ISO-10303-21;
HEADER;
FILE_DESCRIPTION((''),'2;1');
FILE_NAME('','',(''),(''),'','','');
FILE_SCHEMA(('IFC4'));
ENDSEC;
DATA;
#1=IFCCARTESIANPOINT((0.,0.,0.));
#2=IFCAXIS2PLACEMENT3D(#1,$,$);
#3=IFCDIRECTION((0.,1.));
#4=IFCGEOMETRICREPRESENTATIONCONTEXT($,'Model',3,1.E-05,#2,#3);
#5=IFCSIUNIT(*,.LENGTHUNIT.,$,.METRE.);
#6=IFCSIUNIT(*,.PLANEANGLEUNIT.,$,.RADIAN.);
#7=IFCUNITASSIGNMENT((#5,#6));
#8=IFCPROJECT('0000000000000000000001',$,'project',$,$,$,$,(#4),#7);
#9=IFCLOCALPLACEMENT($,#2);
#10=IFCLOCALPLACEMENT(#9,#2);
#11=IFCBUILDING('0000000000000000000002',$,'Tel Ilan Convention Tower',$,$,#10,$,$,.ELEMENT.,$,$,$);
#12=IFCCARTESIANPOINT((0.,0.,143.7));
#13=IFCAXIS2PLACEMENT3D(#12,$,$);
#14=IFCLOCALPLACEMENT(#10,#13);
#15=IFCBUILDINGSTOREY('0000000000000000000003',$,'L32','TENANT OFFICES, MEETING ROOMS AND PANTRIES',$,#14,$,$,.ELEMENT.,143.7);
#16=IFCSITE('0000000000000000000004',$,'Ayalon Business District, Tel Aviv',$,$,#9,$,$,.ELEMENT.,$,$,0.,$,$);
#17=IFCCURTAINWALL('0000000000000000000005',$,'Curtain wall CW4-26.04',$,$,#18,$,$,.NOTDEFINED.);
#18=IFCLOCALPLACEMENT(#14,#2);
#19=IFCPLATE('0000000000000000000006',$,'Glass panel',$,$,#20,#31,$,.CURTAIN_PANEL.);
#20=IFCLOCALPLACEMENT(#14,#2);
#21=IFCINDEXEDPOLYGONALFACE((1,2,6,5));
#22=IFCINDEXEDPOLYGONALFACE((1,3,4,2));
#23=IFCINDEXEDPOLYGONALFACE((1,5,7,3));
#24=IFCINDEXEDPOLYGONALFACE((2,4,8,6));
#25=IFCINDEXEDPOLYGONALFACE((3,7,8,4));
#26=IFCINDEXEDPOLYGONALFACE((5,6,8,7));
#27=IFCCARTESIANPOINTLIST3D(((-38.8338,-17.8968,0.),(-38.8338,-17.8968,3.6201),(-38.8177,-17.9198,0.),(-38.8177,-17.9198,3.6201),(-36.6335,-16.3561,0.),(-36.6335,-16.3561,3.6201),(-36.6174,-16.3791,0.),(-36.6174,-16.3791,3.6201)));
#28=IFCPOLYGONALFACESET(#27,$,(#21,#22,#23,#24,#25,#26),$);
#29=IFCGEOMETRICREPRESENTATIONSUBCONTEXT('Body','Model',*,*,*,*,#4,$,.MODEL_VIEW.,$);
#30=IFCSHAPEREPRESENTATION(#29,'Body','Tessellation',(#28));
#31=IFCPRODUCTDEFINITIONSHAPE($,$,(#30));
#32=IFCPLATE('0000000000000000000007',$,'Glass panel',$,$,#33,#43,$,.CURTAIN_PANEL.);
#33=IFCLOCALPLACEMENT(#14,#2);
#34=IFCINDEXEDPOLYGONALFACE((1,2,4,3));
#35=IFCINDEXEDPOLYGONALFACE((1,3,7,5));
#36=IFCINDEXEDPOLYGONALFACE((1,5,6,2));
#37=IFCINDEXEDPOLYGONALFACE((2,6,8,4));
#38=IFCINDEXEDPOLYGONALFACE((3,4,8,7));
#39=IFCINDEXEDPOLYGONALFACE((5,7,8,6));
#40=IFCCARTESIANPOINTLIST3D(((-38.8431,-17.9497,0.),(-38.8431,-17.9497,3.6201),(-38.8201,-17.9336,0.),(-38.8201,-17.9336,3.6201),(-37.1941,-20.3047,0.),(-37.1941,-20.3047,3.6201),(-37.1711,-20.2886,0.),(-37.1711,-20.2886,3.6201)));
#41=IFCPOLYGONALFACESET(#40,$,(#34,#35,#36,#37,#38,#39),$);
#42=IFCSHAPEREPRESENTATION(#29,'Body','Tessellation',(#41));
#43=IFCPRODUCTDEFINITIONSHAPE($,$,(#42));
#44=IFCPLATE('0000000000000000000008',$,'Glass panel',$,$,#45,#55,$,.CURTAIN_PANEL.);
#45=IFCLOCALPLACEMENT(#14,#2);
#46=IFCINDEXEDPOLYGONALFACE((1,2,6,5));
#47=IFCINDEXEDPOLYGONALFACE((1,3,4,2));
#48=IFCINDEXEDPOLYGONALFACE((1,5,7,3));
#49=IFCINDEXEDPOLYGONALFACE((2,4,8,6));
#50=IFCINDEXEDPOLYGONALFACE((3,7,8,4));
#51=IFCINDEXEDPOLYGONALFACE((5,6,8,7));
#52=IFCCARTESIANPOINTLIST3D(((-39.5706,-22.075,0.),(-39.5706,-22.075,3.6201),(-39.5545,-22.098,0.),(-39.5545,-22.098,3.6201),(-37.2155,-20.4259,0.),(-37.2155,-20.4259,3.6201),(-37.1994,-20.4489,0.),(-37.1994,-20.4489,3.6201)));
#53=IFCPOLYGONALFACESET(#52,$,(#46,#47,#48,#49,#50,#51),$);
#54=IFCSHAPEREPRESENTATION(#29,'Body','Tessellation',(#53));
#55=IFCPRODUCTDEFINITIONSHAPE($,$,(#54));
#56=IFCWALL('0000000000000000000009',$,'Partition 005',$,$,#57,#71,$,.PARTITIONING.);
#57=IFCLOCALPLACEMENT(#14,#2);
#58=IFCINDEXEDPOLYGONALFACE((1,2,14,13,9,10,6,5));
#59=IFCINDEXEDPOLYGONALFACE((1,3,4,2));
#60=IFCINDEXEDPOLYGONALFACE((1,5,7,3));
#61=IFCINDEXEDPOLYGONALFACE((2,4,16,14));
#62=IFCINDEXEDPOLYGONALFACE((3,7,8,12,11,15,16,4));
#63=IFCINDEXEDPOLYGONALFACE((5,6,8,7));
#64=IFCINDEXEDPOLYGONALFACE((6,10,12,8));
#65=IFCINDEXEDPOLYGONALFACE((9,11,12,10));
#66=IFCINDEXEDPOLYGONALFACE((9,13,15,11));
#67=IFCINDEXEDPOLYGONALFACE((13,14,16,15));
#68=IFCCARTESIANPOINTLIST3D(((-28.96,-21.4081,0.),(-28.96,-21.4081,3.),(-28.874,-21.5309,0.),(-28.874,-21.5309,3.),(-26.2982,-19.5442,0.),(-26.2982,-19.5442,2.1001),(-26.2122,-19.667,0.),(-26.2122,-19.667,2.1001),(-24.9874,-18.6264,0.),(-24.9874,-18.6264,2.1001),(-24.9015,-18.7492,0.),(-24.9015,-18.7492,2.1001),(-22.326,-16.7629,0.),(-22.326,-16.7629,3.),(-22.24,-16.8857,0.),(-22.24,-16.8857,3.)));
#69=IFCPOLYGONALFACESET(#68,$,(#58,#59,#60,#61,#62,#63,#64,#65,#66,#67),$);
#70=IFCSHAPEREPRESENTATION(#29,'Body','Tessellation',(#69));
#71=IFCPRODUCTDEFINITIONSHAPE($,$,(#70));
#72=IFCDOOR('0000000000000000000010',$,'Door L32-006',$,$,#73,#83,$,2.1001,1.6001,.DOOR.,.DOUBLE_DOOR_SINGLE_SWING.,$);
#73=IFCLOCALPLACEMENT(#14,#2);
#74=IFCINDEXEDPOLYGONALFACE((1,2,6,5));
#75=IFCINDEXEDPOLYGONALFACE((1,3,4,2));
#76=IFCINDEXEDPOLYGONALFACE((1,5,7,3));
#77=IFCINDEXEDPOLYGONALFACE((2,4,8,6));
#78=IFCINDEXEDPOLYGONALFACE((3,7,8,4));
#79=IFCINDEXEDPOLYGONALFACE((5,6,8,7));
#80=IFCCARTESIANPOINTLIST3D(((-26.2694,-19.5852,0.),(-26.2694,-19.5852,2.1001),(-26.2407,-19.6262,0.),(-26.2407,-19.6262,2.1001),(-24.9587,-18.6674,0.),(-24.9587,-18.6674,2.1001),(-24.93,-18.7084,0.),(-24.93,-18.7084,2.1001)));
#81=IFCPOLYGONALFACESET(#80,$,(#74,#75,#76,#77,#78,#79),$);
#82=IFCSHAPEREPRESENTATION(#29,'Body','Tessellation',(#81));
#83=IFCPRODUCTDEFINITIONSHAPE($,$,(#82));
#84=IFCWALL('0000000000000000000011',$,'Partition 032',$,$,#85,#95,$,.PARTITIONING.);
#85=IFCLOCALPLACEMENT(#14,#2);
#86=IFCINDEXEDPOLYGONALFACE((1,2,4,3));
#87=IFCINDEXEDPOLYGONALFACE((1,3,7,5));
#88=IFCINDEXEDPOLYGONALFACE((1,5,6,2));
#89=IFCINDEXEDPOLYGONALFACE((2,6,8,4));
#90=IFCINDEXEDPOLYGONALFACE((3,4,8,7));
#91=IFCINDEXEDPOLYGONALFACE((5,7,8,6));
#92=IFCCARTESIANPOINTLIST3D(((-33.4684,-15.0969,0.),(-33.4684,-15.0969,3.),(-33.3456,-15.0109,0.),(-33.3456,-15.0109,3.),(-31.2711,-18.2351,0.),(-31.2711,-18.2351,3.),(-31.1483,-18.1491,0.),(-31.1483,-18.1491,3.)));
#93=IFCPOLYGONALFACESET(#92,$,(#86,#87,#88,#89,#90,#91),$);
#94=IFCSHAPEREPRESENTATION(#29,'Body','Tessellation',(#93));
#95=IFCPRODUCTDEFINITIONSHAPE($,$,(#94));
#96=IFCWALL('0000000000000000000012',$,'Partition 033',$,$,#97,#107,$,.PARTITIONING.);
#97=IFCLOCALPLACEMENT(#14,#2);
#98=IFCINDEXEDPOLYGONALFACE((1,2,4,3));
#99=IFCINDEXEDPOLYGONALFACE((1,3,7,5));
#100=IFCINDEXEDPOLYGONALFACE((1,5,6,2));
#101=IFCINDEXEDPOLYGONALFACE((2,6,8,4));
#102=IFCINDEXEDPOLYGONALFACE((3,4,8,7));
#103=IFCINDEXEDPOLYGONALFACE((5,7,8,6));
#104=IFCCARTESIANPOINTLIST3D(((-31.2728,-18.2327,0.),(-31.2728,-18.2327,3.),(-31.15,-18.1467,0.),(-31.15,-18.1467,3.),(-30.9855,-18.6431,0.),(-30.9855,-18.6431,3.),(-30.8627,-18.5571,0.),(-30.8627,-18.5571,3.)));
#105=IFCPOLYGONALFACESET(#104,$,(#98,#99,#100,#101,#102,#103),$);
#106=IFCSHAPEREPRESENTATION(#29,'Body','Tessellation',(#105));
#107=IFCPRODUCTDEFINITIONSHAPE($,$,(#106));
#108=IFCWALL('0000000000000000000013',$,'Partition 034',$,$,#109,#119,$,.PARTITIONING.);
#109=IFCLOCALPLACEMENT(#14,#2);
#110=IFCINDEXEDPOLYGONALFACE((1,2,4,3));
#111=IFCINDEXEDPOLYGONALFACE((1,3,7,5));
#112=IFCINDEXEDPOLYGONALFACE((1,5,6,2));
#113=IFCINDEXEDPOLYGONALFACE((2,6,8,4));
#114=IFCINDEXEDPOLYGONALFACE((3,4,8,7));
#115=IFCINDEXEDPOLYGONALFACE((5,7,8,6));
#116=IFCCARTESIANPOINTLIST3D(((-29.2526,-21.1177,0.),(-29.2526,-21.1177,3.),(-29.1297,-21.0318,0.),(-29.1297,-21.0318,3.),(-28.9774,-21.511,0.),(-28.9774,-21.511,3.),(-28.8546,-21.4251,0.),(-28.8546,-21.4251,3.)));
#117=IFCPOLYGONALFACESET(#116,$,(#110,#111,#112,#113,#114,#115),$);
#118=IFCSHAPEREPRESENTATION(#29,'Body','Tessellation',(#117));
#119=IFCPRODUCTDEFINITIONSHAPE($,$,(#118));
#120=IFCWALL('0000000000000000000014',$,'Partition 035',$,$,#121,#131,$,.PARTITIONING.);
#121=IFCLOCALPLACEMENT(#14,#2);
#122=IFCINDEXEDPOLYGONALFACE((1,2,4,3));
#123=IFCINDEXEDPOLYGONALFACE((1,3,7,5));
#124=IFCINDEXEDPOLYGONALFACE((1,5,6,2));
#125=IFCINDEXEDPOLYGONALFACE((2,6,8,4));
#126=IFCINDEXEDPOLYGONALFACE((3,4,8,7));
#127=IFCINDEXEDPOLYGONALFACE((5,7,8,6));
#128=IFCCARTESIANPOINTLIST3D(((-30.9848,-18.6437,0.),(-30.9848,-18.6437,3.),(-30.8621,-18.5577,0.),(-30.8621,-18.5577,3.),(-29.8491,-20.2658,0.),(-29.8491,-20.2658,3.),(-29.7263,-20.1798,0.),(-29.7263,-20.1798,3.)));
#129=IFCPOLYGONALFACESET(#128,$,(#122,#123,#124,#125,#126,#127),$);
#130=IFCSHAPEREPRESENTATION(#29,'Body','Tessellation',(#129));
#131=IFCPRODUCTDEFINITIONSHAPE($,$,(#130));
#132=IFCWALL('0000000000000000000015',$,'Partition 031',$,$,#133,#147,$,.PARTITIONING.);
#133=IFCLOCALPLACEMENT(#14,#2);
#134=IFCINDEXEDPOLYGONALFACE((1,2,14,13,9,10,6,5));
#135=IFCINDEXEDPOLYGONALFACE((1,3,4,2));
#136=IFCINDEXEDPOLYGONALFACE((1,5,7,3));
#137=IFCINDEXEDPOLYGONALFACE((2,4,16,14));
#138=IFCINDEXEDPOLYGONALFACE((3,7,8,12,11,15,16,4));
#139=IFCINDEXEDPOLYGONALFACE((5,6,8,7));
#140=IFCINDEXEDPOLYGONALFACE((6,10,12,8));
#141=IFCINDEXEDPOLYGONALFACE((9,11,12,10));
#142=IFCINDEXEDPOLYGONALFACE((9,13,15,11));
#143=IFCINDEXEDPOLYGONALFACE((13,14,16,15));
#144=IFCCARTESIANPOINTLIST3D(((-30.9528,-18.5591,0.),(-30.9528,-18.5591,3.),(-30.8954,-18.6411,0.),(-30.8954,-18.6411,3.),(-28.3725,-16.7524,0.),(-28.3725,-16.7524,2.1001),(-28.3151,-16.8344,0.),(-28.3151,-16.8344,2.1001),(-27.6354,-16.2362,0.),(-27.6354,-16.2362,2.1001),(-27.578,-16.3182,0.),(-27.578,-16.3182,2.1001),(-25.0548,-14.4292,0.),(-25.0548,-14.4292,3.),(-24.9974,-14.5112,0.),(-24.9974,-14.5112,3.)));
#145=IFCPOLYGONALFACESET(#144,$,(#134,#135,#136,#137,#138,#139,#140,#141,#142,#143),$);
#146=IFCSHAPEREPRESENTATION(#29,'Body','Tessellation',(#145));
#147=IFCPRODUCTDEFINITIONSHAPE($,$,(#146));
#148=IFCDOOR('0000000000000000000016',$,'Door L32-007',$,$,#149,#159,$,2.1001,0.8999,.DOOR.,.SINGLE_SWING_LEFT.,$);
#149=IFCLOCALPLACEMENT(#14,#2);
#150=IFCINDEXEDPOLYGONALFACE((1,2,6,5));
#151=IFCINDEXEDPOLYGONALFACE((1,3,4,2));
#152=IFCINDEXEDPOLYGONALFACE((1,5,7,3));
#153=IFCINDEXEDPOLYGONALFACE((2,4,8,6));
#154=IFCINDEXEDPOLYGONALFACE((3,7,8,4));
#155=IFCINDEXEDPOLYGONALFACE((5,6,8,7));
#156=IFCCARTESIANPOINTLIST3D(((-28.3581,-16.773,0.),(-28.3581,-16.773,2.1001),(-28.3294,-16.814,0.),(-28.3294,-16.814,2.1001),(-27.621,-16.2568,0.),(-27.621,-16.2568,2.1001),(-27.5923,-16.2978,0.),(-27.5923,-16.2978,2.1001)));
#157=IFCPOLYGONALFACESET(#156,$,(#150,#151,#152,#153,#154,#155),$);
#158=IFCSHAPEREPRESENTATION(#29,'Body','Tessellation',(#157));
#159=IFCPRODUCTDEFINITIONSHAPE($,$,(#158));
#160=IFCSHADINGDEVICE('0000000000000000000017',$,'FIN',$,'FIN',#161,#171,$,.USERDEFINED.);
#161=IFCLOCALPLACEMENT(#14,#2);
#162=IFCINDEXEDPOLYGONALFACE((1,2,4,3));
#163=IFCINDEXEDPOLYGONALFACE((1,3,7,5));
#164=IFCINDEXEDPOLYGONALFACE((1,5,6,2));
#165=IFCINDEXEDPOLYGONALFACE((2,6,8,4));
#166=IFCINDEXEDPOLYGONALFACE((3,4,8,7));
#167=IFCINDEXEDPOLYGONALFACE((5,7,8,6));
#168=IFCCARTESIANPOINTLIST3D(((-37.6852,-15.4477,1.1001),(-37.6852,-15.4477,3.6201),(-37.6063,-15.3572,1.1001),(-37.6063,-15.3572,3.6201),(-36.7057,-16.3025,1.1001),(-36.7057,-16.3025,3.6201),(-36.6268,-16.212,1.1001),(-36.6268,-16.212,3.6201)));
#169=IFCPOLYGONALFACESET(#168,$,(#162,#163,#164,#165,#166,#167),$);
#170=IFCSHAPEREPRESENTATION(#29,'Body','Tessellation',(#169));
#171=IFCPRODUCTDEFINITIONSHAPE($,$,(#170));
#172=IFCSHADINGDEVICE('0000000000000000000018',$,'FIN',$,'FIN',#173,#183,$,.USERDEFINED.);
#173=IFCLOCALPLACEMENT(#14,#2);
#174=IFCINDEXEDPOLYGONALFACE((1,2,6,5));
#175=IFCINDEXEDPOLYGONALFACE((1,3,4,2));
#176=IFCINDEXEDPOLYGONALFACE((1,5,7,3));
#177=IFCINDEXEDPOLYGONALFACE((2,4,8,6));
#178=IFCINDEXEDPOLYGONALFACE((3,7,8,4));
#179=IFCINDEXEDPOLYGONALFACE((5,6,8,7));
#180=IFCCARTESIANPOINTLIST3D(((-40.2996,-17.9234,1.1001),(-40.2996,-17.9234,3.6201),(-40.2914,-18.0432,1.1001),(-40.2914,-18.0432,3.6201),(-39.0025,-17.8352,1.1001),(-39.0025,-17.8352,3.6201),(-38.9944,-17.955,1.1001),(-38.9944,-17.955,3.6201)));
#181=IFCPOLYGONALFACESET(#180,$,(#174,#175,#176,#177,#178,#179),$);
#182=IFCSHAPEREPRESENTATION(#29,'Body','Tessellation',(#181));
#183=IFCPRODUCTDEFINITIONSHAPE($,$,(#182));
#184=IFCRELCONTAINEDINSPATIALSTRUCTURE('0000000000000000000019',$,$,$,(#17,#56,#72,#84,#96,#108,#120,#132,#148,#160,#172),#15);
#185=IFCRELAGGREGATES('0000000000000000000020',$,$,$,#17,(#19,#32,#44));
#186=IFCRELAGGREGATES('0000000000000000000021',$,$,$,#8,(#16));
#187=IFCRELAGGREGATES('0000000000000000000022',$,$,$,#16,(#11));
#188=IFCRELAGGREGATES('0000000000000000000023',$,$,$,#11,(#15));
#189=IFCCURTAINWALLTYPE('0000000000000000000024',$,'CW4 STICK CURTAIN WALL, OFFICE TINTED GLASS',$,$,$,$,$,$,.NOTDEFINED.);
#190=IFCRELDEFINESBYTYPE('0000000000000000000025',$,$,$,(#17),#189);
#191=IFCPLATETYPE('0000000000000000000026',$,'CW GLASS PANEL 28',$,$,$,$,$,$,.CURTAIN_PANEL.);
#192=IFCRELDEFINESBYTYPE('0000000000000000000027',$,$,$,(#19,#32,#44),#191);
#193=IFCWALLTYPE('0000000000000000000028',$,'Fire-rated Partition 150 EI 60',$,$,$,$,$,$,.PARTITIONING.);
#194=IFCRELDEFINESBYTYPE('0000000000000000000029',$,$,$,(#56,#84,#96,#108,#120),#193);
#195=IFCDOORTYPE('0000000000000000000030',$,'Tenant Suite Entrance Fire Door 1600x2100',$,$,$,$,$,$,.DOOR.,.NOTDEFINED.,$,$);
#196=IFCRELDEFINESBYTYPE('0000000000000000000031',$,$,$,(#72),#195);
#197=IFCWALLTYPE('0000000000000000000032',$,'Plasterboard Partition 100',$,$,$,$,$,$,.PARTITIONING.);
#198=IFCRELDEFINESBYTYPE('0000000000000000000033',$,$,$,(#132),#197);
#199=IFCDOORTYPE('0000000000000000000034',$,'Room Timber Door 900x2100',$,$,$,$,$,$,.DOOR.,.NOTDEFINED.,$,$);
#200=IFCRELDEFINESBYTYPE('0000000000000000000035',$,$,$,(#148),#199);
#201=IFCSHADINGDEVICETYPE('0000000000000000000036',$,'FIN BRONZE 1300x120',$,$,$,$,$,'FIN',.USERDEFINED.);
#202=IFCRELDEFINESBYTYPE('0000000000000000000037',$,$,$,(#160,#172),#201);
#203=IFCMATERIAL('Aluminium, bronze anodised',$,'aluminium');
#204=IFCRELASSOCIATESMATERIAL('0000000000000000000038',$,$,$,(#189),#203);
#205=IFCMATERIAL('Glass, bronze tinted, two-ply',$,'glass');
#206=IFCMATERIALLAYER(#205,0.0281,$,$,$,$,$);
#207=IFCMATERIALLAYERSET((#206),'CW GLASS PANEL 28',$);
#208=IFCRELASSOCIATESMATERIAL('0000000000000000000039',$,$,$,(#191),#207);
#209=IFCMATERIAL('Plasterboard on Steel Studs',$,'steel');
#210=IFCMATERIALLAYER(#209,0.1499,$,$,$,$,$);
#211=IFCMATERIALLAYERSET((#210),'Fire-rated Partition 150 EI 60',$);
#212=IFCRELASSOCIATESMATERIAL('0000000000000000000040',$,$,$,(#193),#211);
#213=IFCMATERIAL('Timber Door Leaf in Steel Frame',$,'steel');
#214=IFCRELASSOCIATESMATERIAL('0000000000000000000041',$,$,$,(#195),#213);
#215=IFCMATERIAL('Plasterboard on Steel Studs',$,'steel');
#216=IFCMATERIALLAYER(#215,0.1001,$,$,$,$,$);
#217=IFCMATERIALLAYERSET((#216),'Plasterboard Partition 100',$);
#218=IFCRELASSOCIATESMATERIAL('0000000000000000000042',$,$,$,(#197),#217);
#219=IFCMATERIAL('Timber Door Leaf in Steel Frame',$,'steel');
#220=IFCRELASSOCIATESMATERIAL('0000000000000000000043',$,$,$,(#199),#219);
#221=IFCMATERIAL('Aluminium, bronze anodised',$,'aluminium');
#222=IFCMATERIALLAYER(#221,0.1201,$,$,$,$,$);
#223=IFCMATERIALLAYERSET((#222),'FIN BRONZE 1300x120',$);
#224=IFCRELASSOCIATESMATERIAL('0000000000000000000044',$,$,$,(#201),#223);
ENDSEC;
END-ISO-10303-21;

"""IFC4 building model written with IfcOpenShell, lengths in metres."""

from ifc_helpers import new_model, si_unit, direction, frame, frame_2d, origin, origin_2d, place, context, subcontext, project, spatial, rectangle, extrude, material, layer, layer_set, type_object, element, fill, aggregate, save


model = new_model("IFC4")

# Units and contexts
model_context = context("Model", 3, precision=1e-05, world=origin(), true_north=direction((0.0, 1.0)))
body_context = subcontext(model_context, "Body", "Model", "MODEL_VIEW")
ifc_project = project(units=[si_unit("LENGTHUNIT", "METRE"), si_unit("PLANEANGLEUNIT", "RADIAN")], contexts=[model_context])

# Site, building, storey
site_placement = place(None, origin())
site = spatial("IfcSite", under=ifc_project, at=site_placement, Name="Ayalon Business District, Tel Aviv", CompositionType="ELEMENT", RefElevation=0.0)
building_placement = place(site_placement, origin())
building = spatial("IfcBuilding", under=site, at=building_placement, Name="Tel Ilan Convention Tower", CompositionType="ELEMENT")
storey_placement = place(building_placement, frame((0.0, 0.0, 143.7)))
storey = spatial("IfcBuildingStorey", under=building, at=storey_placement, Name="L32", Description="TENANT OFFICES, MEETING ROOMS AND PANTRIES", CompositionType="ELEMENT", Elevation=143.7)

# Curtain wall, plates
ifc_material_1 = material(Name="Aluminium, bronze anodised", Category="aluminium")
curtain_wall_type = type_object("IfcCurtainWallType", Name="CW4 STICK CURTAIN WALL, OFFICE TINTED GLASS", PredefinedType="NOTDEFINED", material=ifc_material_1)
curtain_wall_placement = place(storey_placement, origin())
curtain_wall = element("IfcCurtainWall", 1, at=curtain_wall_placement, inside=storey, type_object=curtain_wall_type, Name="Curtain wall CW4-26.04", PredefinedType="NOTDEFINED")
ifc_material_2 = material(Name="Glass, bronze tinted, two-ply", Category="glass")
ifc_layer_1 = layer(ifc_material_2, 0.0281)
ifc_layer_set_1 = layer_set([ifc_layer_1], Name="CW GLASS PANEL 28")
plate_type = type_object("IfcPlateType", Name="CW GLASS PANEL 28", PredefinedType="CURTAIN_PANEL", material=ifc_layer_set_1)
plate_1_placement = place(storey_placement, frame((-37.7256, -17.1379, 0.0), z_axis=(0.0, 0.0, 1.0), x_axis=(-0.819152, -0.573576, 0.0)))
plate_1 = element("IfcPlate", 2, at=plate_1_placement, type_object=plate_type, Name="Glass panel", PredefinedType="CURTAIN_PANEL", context=body_context, shape_type="SweptSolid", body=[
    extrude(rectangle(XDim=2.686, YDim=0.0281, at=origin_2d()), origin(), (0.0, 0.0, 1.0), 3.6201),
])
plate_2_placement = place(storey_placement, frame((-38.0071, -19.1191, 0.0), z_axis=(0.0, 0.0, 1.0), x_axis=(0.573576, -0.819152, 0.0)))
plate_2 = element("IfcPlate", 3, at=plate_2_placement, type_object=plate_type, Name="Glass panel", PredefinedType="CURTAIN_PANEL", context=body_context, shape_type="SweptSolid", body=[
    extrude(rectangle(XDim=2.875, YDim=0.0281, at=origin_2d()), origin(), (0.0, 0.0, 1.0), 3.6201),
])
plate_3_placement = place(storey_placement, frame((-38.385, -21.262, 0.0), z_axis=(0.0, 0.0, 1.0), x_axis=(-0.819152, -0.573576, 0.0)))
plate_3 = element("IfcPlate", 4, at=plate_3_placement, type_object=plate_type, Name="Glass panel", PredefinedType="CURTAIN_PANEL", context=body_context, shape_type="SweptSolid", body=[
    extrude(rectangle(XDim=2.875, YDim=0.0281, at=origin_2d()), origin(), (0.0, 0.0, 1.0), 3.6201),
])
aggregate(curtain_wall, [plate_1, plate_2, plate_3])

# Wall, opening, door
ifc_material_3 = material(Name="Plasterboard on Steel Studs", Category="steel")
ifc_layer_2 = layer(ifc_material_3, 0.1499)
ifc_layer_set_2 = layer_set([ifc_layer_2], Name="Fire-rated Partition 150 EI 60")
wall_type_1 = type_object("IfcWallType", Name="Fire-rated Partition 150 EI 60", PredefinedType="PARTITIONING", material=ifc_layer_set_2)
wall_1_placement = place(storey_placement, frame((-28.917, -21.4695, 0.0), z_axis=(0.0, 0.0, 1.0), x_axis=(0.819148, 0.573582, 0.0)))
wall_1 = element("IfcWall", 5, at=wall_1_placement, inside=storey, type_object=wall_type_1, Name="Partition 005", PredefinedType="PARTITIONING", context=body_context, shape_type="SweptSolid", body=[
    extrude(rectangle(XDim=8.0986, YDim=0.1499, at=frame_2d((4.0493, 0.0))), origin(), (0.0, 0.0, 1.0), 3.0),
])
opening_1_placement = place(wall_1_placement, frame((3.2495, 0.0, 0.0)))
opening_1 = element("IfcOpeningElement", 6, at=opening_1_placement, cuts=wall_1, PredefinedType="OPENING", context=body_context, shape_type="SweptSolid", body=[
    extrude(rectangle(XDim=1.6001, YDim=2.1001, at=frame_2d((0.8, 1.05))), frame((0.0, 0.085, 0.0), z_axis=(0.0, -1.0, 0.0), x_axis=(1.0, 0.0, 0.0)), (0.0, 0.0, 1.0), 0.1699),
])
ifc_material_4 = material(Name="Timber Door Leaf in Steel Frame", Category="steel")
door_type_1 = type_object("IfcDoorType", Name="Tenant Suite Entrance Fire Door 1600x2100", OperationType="NOTDEFINED", PredefinedType="DOOR", material=ifc_material_4)
door_1_placement = place(opening_1_placement, origin())
door_1 = element("IfcDoor", 7, at=door_1_placement, inside=storey, type_object=door_type_1, Name="Door L32-006", OperationType="DOUBLE_DOOR_SINGLE_SWING", OverallHeight=2.1001, OverallWidth=1.6001, PredefinedType="DOOR", context=body_context, shape_type="SweptSolid", body=[
    extrude(rectangle(XDim=1.6001, YDim=2.1001, at=frame_2d((0.8, 1.05))), frame((0.0, 0.0249, 0.0), z_axis=(0.0, -1.0, 0.0), x_axis=(1.0, 0.0, 0.0)), (0.0, 0.0, 1.0), 0.05),
])
fill(opening_1, door_1)

# Walls
wall_2_placement = place(storey_placement, frame((-31.2097, -18.1921, 0.0), z_axis=(0.0, 0.0, 1.0), x_axis=(-0.573556, 0.819166, 0.0)))
element("IfcWall", 8, at=wall_2_placement, inside=storey, type_object=wall_type_1, Name="Partition 032", PredefinedType="PARTITIONING", context=body_context, shape_type="SweptSolid", body=[
    extrude(rectangle(XDim=3.8311, YDim=0.1499, at=frame_2d((1.9155, 0.0))), origin(), (0.0, 0.0, 1.0), 3.0),
])
wall_3_placement = place(storey_placement, frame((-30.9241, -18.6001, 0.0), z_axis=(0.0, 0.0, 1.0), x_axis=(-0.57356, 0.819163, 0.0)))
element("IfcWall", 9, at=wall_3_placement, inside=storey, type_object=wall_type_1, Name="Partition 033", PredefinedType="PARTITIONING", context=body_context, shape_type="SweptSolid", body=[
    extrude(rectangle(XDim=0.501, YDim=0.1499, at=frame_2d((0.2505, 0.0))), origin(), (0.0, 0.0, 1.0), 3.0),
])
wall_4_placement = place(storey_placement, frame((-28.916, -21.468, 0.0), z_axis=(0.0, 0.0, 1.0), x_axis=(-0.573223, 0.819399, 0.0)))
element("IfcWall", 10, at=wall_4_placement, inside=storey, type_object=wall_type_1, Name="Partition 034", PredefinedType="PARTITIONING", context=body_context, shape_type="SweptSolid", body=[
    extrude(rectangle(XDim=0.48, YDim=0.1499, at=frame_2d((0.24, 0.0))), origin(), (0.0, 0.0, 1.0), 3.0),
])
wall_5_placement = place(storey_placement, frame((-29.7876, -20.2229, 0.0), z_axis=(0.0, 0.0, 1.0), x_axis=(-0.573562, 0.819162, 0.0)))
element("IfcWall", 11, at=wall_5_placement, inside=storey, type_object=wall_type_1, Name="Partition 035", PredefinedType="PARTITIONING", context=body_context, shape_type="SweptSolid", body=[
    extrude(rectangle(XDim=1.9802, YDim=0.1499, at=frame_2d((0.9902, 0.0))), origin(), (0.0, 0.0, 1.0), 3.0),
])

# Wall, opening, door
ifc_material_5 = material(Name="Plasterboard on Steel Studs", Category="steel")
ifc_layer_3 = layer(ifc_material_5, 0.1001)
ifc_layer_set_3 = layer_set([ifc_layer_3], Name="Plasterboard Partition 100")
wall_type_2 = type_object("IfcWallType", Name="Plasterboard Partition 100", PredefinedType="PARTITIONING", material=ifc_layer_set_3)
wall_6_placement = place(storey_placement, frame((-30.9241, -18.6001, 0.0), z_axis=(0.0, 0.0, 1.0), x_axis=(0.819146, 0.573585, 0.0)))
wall_6 = element("IfcWall", 12, at=wall_6_placement, inside=storey, type_object=wall_type_2, Name="Partition 031", PredefinedType="PARTITIONING", context=body_context, shape_type="SweptSolid", body=[
    extrude(rectangle(XDim=7.2002, YDim=0.1001, at=frame_2d((3.6001, 0.0))), origin(), (0.0, 0.0, 1.0), 3.0),
])
opening_2_placement = place(wall_6_placement, frame((3.1499, 0.0, 0.0)))
opening_2 = element("IfcOpeningElement", 13, at=opening_2_placement, cuts=wall_6, PredefinedType="OPENING", context=body_context, shape_type="SweptSolid", body=[
    extrude(rectangle(XDim=0.8999, YDim=2.1001, at=frame_2d((0.45, 1.05))), frame((0.0, 0.0601, 0.0), z_axis=(0.0, -1.0, 0.0), x_axis=(1.0, 0.0, 0.0)), (0.0, 0.0, 1.0), 0.1201),
])
ifc_material_6 = material(Name="Timber Door Leaf in Steel Frame", Category="steel")
door_type_2 = type_object("IfcDoorType", Name="Room Timber Door 900x2100", OperationType="NOTDEFINED", PredefinedType="DOOR", material=ifc_material_6)
door_2_placement = place(opening_2_placement, origin())
door_2 = element("IfcDoor", 14, at=door_2_placement, inside=storey, type_object=door_type_2, Name="Door L32-007", OperationType="SINGLE_SWING_LEFT", OverallHeight=2.1001, OverallWidth=0.8999, PredefinedType="DOOR", context=body_context, shape_type="SweptSolid", body=[
    extrude(rectangle(XDim=0.8999, YDim=2.1001, at=frame_2d((0.45, 1.05))), frame((0.0, 0.0249, 0.0), z_axis=(0.0, -1.0, 0.0), x_axis=(1.0, 0.0, 0.0)), (0.0, 0.0, 1.0), 0.05),
])
fill(opening_2, door_2)

# Shading devices
ifc_material_7 = material(Name="Aluminium, bronze anodised", Category="aluminium")
ifc_layer_4 = layer(ifc_material_7, 0.1201)
ifc_layer_set_4 = layer_set([ifc_layer_4], Name="FIN BRONZE 1300x120")
shading_device_type = type_object("IfcShadingDeviceType", Name="FIN BRONZE 1300x120", ElementType="FIN", PredefinedType="USERDEFINED", material=ifc_layer_set_4)
for number, where, z_axis, x_axis, name in (
    (15, (-37.156, -15.8298, 1.1001), (0.0, 0.0, 1.0), (-0.753436, 0.657521, 0.0), "FIN"),
    (16, (-39.647, -17.9392, 1.1001), (0.0, 0.0, 1.0), (-0.997697, -0.067822, 0.0), "FIN"),
):
    element("IfcShadingDevice", number, at=place(storey_placement, frame(where, z_axis=z_axis, x_axis=x_axis)), inside=storey, type_object=shading_device_type, Name=name, ObjectType="FIN", PredefinedType="USERDEFINED", context=body_context, shape_type="SweptSolid", body=[
        extrude(rectangle(XDim=1.3, YDim=0.1201, at=origin_2d()), origin(), (0.0, 0.0, 1.0), 2.52),
    ])

save(model, "model.ifc")
